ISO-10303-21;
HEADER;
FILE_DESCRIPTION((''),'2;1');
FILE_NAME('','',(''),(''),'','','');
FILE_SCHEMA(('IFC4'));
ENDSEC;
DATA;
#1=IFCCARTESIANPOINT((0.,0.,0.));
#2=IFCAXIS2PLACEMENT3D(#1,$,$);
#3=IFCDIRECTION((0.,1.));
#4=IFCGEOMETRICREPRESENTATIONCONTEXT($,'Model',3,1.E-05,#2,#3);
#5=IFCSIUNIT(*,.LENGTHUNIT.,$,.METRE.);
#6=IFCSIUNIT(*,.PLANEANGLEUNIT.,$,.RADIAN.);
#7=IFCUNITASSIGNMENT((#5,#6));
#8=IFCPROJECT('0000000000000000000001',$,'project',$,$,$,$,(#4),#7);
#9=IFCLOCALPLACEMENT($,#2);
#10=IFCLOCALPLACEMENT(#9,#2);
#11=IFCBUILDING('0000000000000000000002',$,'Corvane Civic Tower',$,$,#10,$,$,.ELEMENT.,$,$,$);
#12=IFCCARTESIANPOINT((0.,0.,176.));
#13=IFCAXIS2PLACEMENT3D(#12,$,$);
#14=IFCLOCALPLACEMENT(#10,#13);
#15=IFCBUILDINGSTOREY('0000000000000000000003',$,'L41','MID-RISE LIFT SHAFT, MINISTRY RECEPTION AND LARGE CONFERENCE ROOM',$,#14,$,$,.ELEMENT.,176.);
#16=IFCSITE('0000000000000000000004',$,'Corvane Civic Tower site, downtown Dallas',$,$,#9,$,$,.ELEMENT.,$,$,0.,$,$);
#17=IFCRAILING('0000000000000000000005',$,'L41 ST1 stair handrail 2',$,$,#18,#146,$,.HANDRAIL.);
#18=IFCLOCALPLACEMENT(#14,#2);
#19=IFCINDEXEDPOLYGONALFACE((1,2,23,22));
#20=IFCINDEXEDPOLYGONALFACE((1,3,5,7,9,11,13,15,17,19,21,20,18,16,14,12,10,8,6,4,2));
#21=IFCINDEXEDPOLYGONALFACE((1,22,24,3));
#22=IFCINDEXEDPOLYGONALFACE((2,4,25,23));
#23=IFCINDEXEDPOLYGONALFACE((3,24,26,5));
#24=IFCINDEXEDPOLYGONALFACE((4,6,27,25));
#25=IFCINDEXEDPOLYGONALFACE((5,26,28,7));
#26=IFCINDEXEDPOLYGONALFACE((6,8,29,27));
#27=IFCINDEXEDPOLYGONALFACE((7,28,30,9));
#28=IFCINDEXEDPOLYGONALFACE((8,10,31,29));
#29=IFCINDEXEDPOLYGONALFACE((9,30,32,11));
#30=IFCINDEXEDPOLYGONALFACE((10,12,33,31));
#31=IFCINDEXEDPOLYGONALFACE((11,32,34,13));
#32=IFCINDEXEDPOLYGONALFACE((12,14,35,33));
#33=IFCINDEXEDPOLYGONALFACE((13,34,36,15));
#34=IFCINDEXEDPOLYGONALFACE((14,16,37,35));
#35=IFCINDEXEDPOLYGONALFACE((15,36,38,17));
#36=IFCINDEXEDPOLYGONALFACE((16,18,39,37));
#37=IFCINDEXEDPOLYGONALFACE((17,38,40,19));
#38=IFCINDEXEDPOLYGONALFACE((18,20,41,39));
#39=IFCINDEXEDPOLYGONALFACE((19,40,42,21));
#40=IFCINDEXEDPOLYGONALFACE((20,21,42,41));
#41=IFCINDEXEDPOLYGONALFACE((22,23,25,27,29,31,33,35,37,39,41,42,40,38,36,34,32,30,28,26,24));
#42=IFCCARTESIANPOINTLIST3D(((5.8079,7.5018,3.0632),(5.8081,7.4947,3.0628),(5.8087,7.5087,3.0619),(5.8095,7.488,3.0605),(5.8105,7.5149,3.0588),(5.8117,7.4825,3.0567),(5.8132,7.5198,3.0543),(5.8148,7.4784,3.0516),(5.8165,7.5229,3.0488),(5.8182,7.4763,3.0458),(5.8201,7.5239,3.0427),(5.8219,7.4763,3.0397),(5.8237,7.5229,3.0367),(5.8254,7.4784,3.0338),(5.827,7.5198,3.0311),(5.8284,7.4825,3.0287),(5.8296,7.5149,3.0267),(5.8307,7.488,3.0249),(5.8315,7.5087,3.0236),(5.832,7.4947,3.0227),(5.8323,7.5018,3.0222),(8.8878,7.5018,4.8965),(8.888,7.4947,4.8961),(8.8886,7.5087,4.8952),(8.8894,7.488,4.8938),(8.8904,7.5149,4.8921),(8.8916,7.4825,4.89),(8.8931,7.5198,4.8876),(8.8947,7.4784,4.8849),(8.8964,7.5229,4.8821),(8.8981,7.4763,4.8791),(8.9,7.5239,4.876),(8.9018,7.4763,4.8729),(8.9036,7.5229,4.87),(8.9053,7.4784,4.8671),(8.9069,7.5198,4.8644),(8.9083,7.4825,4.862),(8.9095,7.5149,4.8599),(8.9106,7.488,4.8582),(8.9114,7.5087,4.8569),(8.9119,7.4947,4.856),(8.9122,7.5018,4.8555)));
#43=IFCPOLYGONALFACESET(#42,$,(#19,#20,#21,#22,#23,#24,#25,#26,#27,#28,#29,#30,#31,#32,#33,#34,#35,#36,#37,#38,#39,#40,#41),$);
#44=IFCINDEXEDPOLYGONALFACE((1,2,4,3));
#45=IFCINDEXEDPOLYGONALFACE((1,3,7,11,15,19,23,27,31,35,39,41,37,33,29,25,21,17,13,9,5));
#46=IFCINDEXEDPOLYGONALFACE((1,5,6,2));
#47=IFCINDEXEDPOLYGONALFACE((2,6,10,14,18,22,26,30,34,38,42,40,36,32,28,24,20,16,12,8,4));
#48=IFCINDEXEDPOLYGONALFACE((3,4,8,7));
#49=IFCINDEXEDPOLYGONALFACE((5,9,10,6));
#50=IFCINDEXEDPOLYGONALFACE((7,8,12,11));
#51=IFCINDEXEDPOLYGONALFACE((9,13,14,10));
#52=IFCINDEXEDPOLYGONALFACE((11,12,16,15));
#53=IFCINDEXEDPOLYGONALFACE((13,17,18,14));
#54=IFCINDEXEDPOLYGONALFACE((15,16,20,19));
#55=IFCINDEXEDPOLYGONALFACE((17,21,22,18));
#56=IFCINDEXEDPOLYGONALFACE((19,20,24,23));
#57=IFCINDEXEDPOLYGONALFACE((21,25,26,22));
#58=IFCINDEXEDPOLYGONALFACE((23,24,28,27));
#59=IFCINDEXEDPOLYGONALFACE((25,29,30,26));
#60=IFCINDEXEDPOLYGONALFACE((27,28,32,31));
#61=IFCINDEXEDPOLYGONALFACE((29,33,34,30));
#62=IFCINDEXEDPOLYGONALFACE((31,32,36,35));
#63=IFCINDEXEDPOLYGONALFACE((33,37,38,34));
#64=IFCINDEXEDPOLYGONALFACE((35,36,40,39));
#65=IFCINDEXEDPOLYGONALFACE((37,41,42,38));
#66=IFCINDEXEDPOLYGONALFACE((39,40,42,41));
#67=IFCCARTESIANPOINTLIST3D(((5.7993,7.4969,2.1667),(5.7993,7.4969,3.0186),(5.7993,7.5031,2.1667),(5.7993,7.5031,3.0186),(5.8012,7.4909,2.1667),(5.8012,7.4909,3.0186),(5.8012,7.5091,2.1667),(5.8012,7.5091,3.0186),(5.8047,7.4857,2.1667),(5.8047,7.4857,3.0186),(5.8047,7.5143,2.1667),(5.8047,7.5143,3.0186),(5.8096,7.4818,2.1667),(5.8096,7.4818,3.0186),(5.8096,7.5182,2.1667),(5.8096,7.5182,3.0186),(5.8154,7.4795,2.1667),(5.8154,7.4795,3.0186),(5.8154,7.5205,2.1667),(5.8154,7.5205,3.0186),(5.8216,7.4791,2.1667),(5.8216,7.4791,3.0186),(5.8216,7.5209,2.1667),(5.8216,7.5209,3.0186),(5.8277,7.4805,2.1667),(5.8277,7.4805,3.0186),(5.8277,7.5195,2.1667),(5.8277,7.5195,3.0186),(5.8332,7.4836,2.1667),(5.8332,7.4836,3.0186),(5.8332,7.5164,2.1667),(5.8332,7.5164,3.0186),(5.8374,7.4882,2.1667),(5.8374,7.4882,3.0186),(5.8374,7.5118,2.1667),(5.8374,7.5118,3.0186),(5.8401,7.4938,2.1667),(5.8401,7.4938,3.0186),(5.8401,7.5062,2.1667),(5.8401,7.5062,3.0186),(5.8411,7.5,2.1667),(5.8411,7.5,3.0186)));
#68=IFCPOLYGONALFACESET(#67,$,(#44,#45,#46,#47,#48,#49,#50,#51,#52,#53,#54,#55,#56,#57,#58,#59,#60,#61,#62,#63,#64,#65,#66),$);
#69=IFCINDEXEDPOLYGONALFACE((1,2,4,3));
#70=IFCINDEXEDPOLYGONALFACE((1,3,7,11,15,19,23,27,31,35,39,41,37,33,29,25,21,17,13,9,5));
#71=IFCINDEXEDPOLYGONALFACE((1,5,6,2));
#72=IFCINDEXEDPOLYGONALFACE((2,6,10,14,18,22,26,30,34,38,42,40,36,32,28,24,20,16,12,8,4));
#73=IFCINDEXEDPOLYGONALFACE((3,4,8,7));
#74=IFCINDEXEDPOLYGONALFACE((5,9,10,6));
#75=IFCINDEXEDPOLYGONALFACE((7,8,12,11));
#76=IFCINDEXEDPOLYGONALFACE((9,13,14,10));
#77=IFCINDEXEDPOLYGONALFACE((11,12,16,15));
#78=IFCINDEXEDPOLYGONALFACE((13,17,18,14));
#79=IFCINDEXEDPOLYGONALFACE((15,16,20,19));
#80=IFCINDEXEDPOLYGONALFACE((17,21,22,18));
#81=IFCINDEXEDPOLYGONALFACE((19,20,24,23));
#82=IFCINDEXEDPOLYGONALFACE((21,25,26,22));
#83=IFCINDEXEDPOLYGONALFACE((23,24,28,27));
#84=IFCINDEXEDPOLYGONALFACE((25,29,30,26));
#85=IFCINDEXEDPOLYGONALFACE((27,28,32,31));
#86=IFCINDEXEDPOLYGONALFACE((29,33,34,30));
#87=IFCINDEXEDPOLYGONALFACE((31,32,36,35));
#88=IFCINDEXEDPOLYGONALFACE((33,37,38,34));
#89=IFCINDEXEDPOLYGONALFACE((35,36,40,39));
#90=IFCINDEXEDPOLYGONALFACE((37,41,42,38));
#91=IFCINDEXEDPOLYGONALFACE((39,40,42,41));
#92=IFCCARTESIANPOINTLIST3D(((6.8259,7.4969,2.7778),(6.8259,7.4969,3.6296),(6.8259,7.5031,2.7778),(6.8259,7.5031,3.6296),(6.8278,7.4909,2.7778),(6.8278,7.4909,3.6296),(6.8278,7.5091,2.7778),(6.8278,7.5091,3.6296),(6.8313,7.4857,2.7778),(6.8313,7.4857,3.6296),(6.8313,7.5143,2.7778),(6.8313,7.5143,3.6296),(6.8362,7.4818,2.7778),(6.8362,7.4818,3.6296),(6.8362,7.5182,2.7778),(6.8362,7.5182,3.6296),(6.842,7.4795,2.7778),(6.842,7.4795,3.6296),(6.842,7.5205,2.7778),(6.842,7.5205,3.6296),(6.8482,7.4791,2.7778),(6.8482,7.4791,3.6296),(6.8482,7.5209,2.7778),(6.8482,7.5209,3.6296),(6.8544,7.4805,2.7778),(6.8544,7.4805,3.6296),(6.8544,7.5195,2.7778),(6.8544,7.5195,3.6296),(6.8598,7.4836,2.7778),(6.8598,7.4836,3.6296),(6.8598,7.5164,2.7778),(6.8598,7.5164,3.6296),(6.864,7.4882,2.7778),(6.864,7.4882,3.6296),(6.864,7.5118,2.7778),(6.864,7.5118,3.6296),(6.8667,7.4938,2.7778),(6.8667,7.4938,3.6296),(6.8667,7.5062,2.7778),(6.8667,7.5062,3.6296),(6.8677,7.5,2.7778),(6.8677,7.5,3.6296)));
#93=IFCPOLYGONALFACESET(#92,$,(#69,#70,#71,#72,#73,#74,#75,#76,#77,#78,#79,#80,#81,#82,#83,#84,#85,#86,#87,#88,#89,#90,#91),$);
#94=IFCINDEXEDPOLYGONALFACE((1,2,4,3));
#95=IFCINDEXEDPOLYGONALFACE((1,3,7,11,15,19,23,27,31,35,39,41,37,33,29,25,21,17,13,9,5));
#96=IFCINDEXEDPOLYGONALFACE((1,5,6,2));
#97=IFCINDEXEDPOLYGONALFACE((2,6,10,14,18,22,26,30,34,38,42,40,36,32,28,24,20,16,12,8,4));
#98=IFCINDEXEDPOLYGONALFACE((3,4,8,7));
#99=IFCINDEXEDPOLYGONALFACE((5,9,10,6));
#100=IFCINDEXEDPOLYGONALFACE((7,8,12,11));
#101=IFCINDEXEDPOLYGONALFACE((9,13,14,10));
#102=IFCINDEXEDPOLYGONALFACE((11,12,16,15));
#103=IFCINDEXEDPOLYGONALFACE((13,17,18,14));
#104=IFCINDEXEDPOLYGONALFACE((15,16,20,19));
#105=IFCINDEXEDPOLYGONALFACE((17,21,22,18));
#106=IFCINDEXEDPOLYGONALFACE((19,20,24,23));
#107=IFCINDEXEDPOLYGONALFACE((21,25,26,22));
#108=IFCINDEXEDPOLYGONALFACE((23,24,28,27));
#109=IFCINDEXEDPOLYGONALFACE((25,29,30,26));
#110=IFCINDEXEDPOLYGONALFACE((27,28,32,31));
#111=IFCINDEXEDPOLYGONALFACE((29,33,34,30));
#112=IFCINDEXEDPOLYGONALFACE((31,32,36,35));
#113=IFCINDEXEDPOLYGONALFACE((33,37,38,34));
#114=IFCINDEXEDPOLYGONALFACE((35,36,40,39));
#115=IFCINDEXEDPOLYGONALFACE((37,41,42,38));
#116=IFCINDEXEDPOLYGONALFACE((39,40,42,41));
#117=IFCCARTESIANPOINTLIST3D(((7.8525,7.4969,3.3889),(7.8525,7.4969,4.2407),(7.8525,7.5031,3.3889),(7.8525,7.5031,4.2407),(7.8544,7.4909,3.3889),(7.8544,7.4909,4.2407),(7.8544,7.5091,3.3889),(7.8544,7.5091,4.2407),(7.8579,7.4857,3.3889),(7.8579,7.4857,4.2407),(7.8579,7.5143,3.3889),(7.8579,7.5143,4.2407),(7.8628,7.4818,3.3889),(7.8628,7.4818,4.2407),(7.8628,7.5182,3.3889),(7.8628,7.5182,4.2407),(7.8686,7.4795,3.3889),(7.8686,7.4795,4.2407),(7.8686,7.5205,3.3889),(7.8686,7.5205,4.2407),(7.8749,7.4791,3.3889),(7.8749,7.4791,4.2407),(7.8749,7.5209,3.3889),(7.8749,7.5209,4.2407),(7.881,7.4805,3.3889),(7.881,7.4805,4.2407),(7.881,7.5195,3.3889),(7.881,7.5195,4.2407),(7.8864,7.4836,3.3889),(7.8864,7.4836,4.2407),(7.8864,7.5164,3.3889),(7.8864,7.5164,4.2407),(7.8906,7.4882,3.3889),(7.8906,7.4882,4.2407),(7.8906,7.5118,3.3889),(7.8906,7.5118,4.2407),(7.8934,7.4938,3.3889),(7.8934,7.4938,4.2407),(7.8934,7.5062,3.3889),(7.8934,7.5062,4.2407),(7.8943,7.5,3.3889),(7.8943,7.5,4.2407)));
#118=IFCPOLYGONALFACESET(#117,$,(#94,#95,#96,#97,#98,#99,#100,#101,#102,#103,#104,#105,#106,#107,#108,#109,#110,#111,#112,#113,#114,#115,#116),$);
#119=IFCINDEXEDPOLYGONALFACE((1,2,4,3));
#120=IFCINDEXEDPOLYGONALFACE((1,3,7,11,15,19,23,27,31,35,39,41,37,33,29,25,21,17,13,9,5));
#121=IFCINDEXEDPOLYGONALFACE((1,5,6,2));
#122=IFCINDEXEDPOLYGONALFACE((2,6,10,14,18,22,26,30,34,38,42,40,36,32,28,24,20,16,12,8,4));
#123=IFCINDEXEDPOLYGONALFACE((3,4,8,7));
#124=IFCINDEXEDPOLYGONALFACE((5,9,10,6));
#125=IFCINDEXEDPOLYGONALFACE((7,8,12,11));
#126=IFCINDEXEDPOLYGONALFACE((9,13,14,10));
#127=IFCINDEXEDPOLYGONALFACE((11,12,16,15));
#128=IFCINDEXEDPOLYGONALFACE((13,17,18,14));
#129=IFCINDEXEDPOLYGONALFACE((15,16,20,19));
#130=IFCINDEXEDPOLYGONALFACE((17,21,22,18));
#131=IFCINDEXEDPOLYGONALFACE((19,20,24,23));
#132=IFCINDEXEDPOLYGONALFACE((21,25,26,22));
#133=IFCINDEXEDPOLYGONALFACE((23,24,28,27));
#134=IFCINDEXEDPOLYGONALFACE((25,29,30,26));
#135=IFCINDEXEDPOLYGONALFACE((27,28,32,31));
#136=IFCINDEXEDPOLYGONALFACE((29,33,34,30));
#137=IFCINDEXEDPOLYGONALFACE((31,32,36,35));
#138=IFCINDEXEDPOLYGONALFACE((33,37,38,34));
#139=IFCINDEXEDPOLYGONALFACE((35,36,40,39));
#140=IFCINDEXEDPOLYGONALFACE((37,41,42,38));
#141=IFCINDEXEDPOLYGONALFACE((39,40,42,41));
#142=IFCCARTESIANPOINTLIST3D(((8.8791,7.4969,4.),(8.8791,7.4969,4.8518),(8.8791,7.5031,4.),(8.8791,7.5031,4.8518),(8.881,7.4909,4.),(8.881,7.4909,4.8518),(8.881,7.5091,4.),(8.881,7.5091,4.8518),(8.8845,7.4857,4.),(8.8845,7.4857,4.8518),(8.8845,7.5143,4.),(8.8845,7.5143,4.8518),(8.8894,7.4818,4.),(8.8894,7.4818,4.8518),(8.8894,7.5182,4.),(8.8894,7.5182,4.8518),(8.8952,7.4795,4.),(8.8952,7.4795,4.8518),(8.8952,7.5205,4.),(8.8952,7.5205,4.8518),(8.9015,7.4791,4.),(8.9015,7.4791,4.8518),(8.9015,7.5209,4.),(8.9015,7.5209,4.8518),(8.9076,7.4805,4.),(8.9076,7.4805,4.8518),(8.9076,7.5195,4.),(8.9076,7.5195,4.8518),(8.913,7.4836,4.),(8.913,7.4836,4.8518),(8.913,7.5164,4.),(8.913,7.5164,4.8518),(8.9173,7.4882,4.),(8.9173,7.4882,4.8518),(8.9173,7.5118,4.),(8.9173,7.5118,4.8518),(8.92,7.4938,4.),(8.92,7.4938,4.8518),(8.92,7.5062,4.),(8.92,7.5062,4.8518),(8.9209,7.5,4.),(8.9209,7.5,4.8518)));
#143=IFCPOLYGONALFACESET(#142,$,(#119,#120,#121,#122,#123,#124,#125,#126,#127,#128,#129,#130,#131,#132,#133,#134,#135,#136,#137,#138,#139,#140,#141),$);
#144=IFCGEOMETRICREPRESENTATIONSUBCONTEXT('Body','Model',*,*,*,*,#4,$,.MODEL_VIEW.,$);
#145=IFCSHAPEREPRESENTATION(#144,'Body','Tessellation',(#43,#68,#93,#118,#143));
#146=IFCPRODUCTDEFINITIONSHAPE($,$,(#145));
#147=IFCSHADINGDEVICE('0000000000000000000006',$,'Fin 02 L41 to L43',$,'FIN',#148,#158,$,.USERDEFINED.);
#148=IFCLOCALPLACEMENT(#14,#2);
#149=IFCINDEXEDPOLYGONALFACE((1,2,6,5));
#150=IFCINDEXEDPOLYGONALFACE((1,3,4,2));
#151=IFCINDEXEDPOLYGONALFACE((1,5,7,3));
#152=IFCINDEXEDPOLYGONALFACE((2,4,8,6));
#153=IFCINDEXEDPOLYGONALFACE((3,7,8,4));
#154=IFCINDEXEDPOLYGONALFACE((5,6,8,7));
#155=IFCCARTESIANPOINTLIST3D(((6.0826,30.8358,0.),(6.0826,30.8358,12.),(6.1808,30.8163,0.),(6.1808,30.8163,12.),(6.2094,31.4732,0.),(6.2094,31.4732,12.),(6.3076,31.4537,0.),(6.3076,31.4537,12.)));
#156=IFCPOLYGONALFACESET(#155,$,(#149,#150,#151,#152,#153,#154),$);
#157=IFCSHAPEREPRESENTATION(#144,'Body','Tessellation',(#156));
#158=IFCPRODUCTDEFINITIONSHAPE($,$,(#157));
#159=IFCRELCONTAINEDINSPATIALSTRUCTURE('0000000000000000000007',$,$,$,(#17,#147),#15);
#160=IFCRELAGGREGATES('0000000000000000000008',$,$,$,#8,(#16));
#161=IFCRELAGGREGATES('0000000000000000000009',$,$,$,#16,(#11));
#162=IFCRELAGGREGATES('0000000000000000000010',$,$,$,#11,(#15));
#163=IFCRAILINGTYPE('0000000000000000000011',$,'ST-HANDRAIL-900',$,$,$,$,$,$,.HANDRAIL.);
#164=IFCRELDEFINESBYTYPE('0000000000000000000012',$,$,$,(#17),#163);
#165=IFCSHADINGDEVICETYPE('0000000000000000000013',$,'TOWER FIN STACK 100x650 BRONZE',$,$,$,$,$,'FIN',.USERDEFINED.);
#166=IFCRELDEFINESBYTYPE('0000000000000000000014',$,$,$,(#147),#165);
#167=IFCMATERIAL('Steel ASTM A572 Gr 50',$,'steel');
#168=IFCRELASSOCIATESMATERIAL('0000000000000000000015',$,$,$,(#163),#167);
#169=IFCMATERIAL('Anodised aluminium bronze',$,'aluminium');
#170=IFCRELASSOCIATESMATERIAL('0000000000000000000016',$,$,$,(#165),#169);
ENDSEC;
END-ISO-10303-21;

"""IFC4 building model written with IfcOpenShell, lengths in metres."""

from ifc_helpers import new_model, si_unit, direction, frame, origin, origin_2d, place, context, subcontext, project, spatial, rectangle, circle, extrude, material, material_profile, profile_set, type_object, element, save


model = new_model("IFC4")

# Units and contexts
model_context = context("Model", 3, precision=1e-05, world=origin(), true_north=direction((0.0, 1.0)))
body_context = subcontext(model_context, "Body", "Model", "MODEL_VIEW")
ifc_project = project(units=[si_unit("LENGTHUNIT", "METRE"), si_unit("PLANEANGLEUNIT", "RADIAN")], contexts=[model_context])

# Site, building, storey
site_placement = place(None, origin())
site = spatial("IfcSite", under=ifc_project, at=site_placement, Name="Corvane Civic Tower site, downtown Dallas", CompositionType="ELEMENT", RefElevation=0.0)
building_placement = place(site_placement, origin())
building = spatial("IfcBuilding", under=site, at=building_placement, Name="Corvane Civic Tower", CompositionType="ELEMENT")
storey_placement = place(building_placement, frame((0.0, 0.0, 176.0)))
storey = spatial("IfcBuildingStorey", under=building, at=storey_placement, Name="L41", Description="MID-RISE LIFT SHAFT, MINISTRY RECEPTION AND LARGE CONFERENCE ROOM", CompositionType="ELEMENT", Elevation=176.0)

# Railing
ifc_material_1 = material(Name="Steel ASTM A572 Gr 50", Category="steel")
railing_type_1 = type_object("IfcRailingType", Name="ST-HANDRAIL-900", PredefinedType="HANDRAIL", material=ifc_material_1)
railing_1_placement = place(storey_placement, frame((5.8201, 7.5, 2.1667)))
element("IfcRailing", 1, at=railing_1_placement, inside=storey, type_object=railing_type_1, Name="L41 ST1 stair handrail 2", PredefinedType="HANDRAIL", context=body_context, shape_type="SweptSolid", body=[
    extrude(circle(Radius=0.0239, at=origin_2d()), frame((0.0, 0.0, 0.876), z_axis=(0.859291, 0.0, 0.511487), x_axis=(0.0, 1.0, 0.0)), (0.0, 0.0, 1.0), 3.5842),
    extrude(circle(Radius=0.021, at=origin_2d()), origin(), (0.0, 0.0, 1.0), 0.8518),
    extrude(circle(Radius=0.021, at=origin_2d()), frame((1.0266, 0.0, 0.6111)), (0.0, 0.0, 1.0), 0.8518),
    extrude(circle(Radius=0.021, at=origin_2d()), frame((2.0532, 0.0, 1.2222)), (0.0, 0.0, 1.0), 0.8518),
    extrude(circle(Radius=0.021, at=origin_2d()), frame((3.0798, 0.0, 1.8333)), (0.0, 0.0, 1.0), 0.8518),
])

# Shading device
ifc_material_2 = material(Name="Anodised aluminium bronze", Category="aluminium")
ifc_material_profile_1 = material_profile(ifc_material_2, rectangle(XDim=0.1001, YDim=0.6499, at=origin_2d()), Name="TOWER FIN STACK 100x650 BRONZE")
ifc_profile_set_1 = profile_set([ifc_material_profile_1], Name="Anodised aluminium bronze")
shading_device_type = type_object("IfcShadingDeviceType", Name="TOWER FIN STACK 100x650 BRONZE", ElementType="FIN", PredefinedType="USERDEFINED", material=ifc_profile_set_1)
shading_device_placement = place(storey_placement, frame((6.1951, 31.1448, 0.0), z_axis=(0.0, 0.0, 1.0), x_axis=(0.980785, -0.19509, 0.0)))
element("IfcShadingDevice", 2, at=shading_device_placement, inside=storey, type_object=shading_device_type, Name="Fin 02 L41 to L43", ObjectType="FIN", PredefinedType="USERDEFINED", context=body_context, shape_type="SweptSolid", body=[
    extrude(rectangle(XDim=0.1001, YDim=0.6499, at=origin_2d()), origin(), (0.0, 0.0, 1.0), 12.0),
])

save(model, "model.ifc")
